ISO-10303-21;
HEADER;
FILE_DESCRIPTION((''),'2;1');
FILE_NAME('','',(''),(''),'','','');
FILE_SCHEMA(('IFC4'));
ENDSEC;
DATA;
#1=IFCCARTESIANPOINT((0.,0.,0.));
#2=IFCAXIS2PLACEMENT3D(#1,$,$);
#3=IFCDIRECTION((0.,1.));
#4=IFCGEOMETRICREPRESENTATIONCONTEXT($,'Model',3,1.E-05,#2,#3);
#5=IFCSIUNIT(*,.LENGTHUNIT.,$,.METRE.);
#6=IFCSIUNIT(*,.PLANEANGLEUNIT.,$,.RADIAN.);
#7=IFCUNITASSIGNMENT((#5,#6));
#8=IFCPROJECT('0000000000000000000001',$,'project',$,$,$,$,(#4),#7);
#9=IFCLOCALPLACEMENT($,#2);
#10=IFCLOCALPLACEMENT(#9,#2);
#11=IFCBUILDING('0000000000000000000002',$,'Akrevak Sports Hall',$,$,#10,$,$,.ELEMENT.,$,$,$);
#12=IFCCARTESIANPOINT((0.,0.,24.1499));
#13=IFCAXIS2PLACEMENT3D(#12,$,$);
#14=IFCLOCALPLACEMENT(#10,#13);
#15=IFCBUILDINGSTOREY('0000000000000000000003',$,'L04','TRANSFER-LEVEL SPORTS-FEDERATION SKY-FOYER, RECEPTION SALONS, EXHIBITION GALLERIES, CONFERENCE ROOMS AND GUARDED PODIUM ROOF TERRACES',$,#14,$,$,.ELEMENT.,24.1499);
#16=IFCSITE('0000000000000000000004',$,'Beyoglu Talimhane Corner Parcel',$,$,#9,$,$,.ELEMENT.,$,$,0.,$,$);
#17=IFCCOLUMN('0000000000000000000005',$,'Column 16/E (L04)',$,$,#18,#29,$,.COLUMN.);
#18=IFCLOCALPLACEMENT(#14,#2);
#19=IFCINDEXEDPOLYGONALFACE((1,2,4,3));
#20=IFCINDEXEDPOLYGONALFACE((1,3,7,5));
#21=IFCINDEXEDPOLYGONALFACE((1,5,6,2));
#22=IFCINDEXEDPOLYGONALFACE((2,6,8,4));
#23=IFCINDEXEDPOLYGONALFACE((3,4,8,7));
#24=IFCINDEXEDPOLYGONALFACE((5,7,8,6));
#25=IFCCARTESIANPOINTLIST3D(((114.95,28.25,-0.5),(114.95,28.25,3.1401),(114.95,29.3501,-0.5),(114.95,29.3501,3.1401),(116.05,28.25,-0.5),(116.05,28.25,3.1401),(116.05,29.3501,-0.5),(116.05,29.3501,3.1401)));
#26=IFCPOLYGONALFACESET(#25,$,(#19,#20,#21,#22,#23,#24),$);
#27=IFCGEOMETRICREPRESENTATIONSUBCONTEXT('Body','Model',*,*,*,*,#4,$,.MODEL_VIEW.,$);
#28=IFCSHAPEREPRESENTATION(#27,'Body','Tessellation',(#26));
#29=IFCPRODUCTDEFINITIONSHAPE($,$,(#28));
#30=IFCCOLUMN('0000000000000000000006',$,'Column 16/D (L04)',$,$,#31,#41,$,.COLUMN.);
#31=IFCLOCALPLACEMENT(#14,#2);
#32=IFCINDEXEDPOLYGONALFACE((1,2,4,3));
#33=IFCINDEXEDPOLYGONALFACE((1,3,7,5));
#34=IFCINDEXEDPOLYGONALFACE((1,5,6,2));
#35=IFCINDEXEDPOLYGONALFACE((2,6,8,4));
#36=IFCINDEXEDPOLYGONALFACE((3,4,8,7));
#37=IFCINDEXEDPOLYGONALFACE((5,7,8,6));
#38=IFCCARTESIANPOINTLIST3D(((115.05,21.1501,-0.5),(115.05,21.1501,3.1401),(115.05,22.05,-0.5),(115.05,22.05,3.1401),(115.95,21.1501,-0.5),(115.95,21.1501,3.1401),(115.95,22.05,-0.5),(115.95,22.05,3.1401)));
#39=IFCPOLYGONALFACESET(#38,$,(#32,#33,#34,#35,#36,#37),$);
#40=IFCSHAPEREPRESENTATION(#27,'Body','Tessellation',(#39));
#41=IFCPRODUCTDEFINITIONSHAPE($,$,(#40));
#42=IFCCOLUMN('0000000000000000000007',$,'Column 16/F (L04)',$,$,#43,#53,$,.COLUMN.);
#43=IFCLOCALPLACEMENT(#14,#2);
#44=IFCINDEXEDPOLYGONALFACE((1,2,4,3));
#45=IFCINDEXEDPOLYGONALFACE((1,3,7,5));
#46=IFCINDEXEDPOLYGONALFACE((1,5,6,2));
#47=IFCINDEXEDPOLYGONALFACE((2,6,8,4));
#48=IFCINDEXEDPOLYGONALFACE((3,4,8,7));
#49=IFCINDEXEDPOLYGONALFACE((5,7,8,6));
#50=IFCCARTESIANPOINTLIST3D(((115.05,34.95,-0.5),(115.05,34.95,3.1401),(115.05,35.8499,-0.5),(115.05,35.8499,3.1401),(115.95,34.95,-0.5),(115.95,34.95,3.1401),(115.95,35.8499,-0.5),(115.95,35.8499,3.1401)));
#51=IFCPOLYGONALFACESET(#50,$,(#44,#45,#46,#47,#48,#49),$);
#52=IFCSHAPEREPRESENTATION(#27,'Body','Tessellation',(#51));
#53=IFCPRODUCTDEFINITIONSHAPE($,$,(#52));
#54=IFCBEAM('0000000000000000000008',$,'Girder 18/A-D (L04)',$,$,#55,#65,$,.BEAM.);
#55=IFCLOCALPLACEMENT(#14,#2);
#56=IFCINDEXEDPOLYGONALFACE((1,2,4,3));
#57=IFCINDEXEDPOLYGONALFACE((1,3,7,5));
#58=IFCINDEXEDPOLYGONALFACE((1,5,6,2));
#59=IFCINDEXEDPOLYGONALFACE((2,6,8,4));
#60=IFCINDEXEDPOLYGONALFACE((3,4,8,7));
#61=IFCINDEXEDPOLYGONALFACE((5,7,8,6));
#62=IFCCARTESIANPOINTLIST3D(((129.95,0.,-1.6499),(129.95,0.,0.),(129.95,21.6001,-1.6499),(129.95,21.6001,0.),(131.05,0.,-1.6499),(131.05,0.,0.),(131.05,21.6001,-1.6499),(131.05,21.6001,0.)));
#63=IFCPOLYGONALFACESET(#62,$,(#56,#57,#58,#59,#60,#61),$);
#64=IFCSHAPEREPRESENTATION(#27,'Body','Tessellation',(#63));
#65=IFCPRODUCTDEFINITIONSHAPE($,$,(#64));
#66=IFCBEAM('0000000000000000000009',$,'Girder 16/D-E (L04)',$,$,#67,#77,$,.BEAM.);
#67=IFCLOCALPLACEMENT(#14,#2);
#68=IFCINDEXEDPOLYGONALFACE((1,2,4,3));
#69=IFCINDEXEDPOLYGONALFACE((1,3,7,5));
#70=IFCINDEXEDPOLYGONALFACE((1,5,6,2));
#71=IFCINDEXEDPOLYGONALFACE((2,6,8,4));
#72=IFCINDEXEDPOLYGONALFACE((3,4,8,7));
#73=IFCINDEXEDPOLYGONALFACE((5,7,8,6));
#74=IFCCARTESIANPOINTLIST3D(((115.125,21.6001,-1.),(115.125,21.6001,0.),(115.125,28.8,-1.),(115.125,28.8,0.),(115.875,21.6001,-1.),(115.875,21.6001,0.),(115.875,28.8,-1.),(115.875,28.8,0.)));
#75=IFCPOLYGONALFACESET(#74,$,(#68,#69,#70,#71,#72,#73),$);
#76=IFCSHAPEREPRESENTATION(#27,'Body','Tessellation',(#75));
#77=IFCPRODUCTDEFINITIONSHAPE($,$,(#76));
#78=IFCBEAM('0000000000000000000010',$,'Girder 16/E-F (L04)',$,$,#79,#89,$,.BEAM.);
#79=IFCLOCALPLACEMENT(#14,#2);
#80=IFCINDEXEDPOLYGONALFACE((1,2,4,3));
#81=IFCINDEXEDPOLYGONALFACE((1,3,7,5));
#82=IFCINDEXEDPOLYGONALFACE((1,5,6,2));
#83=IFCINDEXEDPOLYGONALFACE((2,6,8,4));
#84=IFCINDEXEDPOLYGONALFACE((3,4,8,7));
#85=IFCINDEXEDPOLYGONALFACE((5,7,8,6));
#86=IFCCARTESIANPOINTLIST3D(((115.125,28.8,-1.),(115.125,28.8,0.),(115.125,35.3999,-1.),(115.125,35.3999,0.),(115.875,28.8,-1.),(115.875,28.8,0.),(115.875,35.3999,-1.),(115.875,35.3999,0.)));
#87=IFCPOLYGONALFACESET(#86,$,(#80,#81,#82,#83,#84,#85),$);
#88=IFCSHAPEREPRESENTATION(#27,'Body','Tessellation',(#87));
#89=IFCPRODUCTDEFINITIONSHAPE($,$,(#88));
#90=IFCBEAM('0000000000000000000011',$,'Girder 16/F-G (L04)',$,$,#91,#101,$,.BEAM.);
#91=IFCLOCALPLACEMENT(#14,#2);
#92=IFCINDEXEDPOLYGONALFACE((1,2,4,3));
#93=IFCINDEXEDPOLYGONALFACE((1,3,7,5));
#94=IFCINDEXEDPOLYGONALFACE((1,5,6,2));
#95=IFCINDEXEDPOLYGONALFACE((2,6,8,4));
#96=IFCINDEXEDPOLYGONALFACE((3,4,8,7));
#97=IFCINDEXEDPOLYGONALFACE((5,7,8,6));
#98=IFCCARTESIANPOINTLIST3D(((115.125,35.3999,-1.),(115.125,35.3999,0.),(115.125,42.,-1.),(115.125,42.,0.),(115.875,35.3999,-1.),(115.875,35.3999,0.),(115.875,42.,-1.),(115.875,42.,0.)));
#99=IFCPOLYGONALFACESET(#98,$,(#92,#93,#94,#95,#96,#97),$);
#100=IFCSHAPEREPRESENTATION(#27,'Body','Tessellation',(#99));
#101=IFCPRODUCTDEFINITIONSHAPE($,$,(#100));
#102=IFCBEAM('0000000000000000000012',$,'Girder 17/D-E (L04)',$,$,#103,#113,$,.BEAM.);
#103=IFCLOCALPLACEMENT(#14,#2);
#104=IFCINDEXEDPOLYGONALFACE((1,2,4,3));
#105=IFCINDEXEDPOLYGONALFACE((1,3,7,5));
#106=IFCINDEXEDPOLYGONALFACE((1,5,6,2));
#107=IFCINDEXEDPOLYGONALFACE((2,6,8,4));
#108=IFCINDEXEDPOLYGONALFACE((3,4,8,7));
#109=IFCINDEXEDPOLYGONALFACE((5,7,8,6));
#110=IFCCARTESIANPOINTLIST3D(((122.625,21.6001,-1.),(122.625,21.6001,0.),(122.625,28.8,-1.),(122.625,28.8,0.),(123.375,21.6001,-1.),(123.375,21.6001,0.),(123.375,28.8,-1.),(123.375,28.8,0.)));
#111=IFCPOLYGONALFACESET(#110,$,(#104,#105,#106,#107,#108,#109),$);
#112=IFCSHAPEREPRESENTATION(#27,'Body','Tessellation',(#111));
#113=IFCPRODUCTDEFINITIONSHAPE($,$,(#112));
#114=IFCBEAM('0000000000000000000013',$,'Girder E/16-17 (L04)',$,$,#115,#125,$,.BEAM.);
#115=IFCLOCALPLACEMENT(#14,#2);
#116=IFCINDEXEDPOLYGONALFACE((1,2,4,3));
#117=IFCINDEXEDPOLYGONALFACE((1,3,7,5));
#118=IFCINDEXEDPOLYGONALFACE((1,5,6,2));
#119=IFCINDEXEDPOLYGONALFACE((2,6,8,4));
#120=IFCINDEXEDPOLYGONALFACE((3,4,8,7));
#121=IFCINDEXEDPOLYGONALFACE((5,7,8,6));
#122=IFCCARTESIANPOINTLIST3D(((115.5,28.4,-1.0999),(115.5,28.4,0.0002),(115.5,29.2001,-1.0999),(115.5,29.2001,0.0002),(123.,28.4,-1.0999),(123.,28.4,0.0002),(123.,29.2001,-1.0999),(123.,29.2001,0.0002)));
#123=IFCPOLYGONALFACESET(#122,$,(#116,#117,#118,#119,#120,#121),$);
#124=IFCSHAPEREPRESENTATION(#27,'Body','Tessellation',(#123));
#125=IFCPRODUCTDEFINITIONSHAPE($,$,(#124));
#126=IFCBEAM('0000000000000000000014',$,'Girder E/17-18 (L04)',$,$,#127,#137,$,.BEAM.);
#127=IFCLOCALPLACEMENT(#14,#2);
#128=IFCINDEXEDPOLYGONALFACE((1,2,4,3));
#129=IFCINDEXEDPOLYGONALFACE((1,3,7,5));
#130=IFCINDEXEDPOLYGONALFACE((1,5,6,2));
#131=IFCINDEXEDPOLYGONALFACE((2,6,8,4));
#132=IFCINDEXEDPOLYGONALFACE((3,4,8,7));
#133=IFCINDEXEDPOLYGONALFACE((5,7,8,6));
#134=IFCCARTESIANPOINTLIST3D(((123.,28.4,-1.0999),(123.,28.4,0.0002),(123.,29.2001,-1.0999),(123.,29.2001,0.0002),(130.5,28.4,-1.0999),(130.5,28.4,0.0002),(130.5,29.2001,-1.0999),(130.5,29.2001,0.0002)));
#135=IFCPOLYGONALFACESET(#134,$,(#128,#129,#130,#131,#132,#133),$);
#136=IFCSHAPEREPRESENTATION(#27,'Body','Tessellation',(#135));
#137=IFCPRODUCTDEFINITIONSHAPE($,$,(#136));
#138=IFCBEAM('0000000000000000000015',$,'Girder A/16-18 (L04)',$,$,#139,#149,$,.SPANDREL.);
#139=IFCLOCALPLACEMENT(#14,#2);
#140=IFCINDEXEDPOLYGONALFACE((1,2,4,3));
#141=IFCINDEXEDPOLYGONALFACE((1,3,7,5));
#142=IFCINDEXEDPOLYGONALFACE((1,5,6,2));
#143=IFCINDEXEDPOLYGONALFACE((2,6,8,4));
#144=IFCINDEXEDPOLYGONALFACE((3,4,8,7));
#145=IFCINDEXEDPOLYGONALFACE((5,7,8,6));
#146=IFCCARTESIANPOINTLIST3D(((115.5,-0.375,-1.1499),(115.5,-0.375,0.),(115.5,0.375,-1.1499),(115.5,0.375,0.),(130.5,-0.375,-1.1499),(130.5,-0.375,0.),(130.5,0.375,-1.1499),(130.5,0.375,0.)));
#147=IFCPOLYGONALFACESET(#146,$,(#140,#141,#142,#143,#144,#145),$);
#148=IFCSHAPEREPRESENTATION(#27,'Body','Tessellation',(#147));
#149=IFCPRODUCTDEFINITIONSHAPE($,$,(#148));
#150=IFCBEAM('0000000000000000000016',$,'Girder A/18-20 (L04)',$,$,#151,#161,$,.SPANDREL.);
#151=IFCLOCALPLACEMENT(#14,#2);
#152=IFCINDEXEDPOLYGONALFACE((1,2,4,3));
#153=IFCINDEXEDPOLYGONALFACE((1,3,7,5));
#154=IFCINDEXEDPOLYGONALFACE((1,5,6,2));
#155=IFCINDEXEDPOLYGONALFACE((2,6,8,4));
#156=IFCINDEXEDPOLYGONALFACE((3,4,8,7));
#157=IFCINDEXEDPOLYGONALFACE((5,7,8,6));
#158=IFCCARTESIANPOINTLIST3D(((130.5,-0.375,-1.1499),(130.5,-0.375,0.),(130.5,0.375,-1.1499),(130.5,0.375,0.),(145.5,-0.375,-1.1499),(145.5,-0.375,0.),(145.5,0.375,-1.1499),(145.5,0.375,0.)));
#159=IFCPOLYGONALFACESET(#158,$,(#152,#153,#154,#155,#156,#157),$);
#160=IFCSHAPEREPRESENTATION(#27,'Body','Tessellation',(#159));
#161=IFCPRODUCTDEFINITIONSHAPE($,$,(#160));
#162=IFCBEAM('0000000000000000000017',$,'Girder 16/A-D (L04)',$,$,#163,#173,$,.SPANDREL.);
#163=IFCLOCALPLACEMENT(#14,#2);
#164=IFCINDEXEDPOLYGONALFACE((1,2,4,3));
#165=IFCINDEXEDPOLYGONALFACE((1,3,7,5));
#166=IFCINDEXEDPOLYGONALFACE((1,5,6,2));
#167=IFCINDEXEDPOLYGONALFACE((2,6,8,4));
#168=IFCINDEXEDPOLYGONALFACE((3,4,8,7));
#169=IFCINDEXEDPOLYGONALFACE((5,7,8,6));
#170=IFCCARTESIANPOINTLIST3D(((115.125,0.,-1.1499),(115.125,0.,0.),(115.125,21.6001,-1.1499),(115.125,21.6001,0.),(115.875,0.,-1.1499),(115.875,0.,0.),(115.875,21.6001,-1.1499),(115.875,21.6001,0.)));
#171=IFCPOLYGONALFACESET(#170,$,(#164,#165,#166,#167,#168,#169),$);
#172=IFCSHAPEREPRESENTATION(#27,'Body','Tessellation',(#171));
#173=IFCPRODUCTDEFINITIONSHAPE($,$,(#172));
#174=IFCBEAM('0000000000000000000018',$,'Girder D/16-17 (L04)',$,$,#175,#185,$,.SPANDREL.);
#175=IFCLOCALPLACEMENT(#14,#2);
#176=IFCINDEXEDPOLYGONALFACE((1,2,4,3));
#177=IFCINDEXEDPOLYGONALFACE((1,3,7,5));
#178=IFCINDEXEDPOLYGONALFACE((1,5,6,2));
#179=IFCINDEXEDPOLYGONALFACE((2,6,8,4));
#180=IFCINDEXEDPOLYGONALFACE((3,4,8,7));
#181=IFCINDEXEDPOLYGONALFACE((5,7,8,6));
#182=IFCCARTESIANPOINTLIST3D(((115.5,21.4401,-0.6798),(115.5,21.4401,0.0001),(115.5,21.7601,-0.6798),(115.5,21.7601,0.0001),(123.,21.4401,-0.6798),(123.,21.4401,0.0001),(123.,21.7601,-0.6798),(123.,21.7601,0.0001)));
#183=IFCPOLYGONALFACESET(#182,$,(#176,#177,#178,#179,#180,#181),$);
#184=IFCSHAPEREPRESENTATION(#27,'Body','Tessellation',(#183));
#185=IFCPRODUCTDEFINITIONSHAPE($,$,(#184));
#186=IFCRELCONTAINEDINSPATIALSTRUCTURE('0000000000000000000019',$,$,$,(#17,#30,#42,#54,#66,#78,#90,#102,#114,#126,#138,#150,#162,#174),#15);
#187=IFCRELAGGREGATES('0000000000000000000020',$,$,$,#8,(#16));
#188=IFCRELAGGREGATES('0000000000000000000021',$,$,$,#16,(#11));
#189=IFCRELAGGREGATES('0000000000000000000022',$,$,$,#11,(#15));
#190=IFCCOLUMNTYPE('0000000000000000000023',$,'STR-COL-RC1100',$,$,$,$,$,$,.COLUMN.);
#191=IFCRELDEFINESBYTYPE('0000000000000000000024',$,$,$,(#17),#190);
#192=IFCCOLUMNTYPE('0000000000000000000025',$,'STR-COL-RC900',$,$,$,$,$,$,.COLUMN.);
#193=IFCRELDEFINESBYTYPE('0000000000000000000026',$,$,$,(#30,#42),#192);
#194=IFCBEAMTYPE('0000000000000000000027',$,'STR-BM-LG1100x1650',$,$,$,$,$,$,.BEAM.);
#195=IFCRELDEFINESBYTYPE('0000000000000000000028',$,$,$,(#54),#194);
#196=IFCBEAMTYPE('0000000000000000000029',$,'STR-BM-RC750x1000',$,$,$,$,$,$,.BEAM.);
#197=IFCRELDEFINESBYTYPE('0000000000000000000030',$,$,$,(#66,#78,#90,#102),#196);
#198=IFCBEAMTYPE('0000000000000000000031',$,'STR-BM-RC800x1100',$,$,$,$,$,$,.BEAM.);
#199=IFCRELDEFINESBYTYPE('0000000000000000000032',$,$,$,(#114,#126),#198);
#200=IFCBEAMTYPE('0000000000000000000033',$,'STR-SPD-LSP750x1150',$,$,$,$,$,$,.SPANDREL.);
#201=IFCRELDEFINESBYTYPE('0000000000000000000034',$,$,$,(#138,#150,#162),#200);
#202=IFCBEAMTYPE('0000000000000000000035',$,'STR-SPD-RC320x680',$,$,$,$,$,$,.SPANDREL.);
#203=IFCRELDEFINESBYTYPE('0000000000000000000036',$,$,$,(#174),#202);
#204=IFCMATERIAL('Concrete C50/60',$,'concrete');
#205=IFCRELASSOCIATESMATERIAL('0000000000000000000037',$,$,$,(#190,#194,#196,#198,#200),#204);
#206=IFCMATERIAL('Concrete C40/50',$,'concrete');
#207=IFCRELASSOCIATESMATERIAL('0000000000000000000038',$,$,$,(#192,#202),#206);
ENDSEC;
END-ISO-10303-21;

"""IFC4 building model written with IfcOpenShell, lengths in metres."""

from ifc_helpers import new_model, si_unit, direction, frame, origin, origin_2d, place, context, subcontext, project, spatial, rectangle, extrude, material, material_profile, profile_set, type_object, element, save


model = new_model("IFC4")

# Units and contexts
model_context = context("Model", 3, precision=1e-05, world=origin(), true_north=direction((0.0, 1.0)))
body_context = subcontext(model_context, "Body", "Model", "MODEL_VIEW")
ifc_project = project(units=[si_unit("LENGTHUNIT", "METRE"), si_unit("PLANEANGLEUNIT", "RADIAN")], contexts=[model_context])

# Site, building, storey
site_placement = place(None, origin())
site = spatial("IfcSite", under=ifc_project, at=site_placement, Name="Beyoglu Talimhane Corner Parcel", CompositionType="ELEMENT", RefElevation=0.0)
building_placement = place(site_placement, origin())
building = spatial("IfcBuilding", under=site, at=building_placement, Name="Akrevak Sports Hall", CompositionType="ELEMENT")
storey_placement = place(building_placement, frame((0.0, 0.0, 24.1499)))
storey = spatial("IfcBuildingStorey", under=building, at=storey_placement, Name="L04", Description="TRANSFER-LEVEL SPORTS-FEDERATION SKY-FOYER, RECEPTION SALONS, EXHIBITION GALLERIES, CONFERENCE ROOMS AND GUARDED PODIUM ROOF TERRACES", CompositionType="ELEMENT", Elevation=24.1499)

# Columns
ifc_material_1 = material(Name="Concrete C50/60", Category="concrete")
ifc_material_profile_1 = material_profile(ifc_material_1, rectangle(XDim=1.1001, YDim=1.1001, at=origin_2d()), Name="RC 1100x1100", Category="concrete")
ifc_profile_set_1 = profile_set([ifc_material_profile_1], Name="Concrete C50/60")
column_type_1 = type_object("IfcColumnType", Name="STR-COL-RC1100", PredefinedType="COLUMN", material=ifc_profile_set_1)
column_placement = place(storey_placement, frame((115.5, 28.8, -0.5), z_axis=(0.0, 0.0, 1.0), x_axis=(1.0, 0.0, 0.0)))
element("IfcColumn", 1, at=column_placement, inside=storey, type_object=column_type_1, Name="Column 16/E (L04)", PredefinedType="COLUMN", context=body_context, shape_type="SweptSolid", body=[
    extrude(rectangle(XDim=1.1001, YDim=1.1001, at=origin_2d()), origin(), (0.0, 0.0, 1.0), 3.6401),
])
ifc_material_2 = material(Name="Concrete C40/50", Category="concrete")
ifc_material_profile_2 = material_profile(ifc_material_2, rectangle(XDim=0.8999, YDim=0.8999, at=origin_2d()), Name="RC 900x900", Category="concrete")
ifc_profile_set_2 = profile_set([ifc_material_profile_2], Name="Concrete C40/50")
column_type_2 = type_object("IfcColumnType", Name="STR-COL-RC900", PredefinedType="COLUMN", material=ifc_profile_set_2)
for number, where, z_axis, x_axis, name in (
    (2, (115.5, 21.6001, -0.5), (0.0, 0.0, 1.0), (1.0, 0.0, 0.0), "Column 16/D (L04)"),
    (3, (115.5, 35.3999, -0.5), (0.0, 0.0, 1.0), (1.0, 0.0, 0.0), "Column 16/F (L04)"),
):
    element("IfcColumn", number, at=place(storey_placement, frame(where, z_axis=z_axis, x_axis=x_axis)), inside=storey, type_object=column_type_2, Name=name, PredefinedType="COLUMN", context=body_context, shape_type="SweptSolid", body=[
        extrude(rectangle(XDim=0.8999, YDim=0.8999, at=origin_2d()), origin(), (0.0, 0.0, 1.0), 3.6401),
    ])

# Beams
ifc_material_profile_3 = material_profile(ifc_material_1, rectangle(XDim=1.1001, YDim=1.6499, at=origin_2d()), Name="BM 1100x1650", Category="concrete")
ifc_profile_set_3 = profile_set([ifc_material_profile_3], Name="Concrete C50/60")
beam_type_1 = type_object("IfcBeamType", Name="STR-BM-LG1100x1650", PredefinedType="BEAM", material=ifc_profile_set_3)
beam_1_placement = place(storey_placement, frame((130.5, 0.0, -0.825), z_axis=(0.0, 1.0, 0.0), x_axis=(-1.0, 0.0, 0.0)))
element("IfcBeam", 4, at=beam_1_placement, inside=storey, type_object=beam_type_1, Name="Girder 18/A-D (L04)", PredefinedType="BEAM", context=body_context, shape_type="SweptSolid", body=[
    extrude(rectangle(XDim=1.1001, YDim=1.6499, at=origin_2d()), origin(), (0.0, 0.0, 1.0), 21.6001),
])
ifc_material_profile_4 = material_profile(ifc_material_1, rectangle(XDim=0.75, YDim=1.0, at=origin_2d()), Name="BM 750x1000", Category="concrete")
ifc_profile_set_4 = profile_set([ifc_material_profile_4], Name="Concrete C50/60")
beam_type_2 = type_object("IfcBeamType", Name="STR-BM-RC750x1000", PredefinedType="BEAM", material=ifc_profile_set_4)
beam_2_placement = place(storey_placement, frame((115.5, 21.6001, -0.5), z_axis=(0.0, 1.0, 0.0), x_axis=(-1.0, 0.0, 0.0)))
element("IfcBeam", 5, at=beam_2_placement, inside=storey, type_object=beam_type_2, Name="Girder 16/D-E (L04)", PredefinedType="BEAM", context=body_context, shape_type="SweptSolid", body=[
    extrude(rectangle(XDim=0.75, YDim=1.0, at=origin_2d()), origin(), (0.0, 0.0, 1.0), 7.2),
])
beam_3_placement = place(storey_placement, frame((115.5, 28.8, -0.5), z_axis=(0.0, 1.0, 0.0), x_axis=(-1.0, 0.0, 0.0)))
element("IfcBeam", 6, at=beam_3_placement, inside=storey, type_object=beam_type_2, Name="Girder 16/E-F (L04)", PredefinedType="BEAM", context=body_context, shape_type="SweptSolid", body=[
    extrude(rectangle(XDim=0.75, YDim=1.0, at=origin_2d()), origin(), (0.0, 0.0, 1.0), 6.5999),
])
beam_4_placement = place(storey_placement, frame((115.5, 35.3999, -0.5), z_axis=(0.0, 1.0, 0.0), x_axis=(-1.0, 0.0, 0.0)))
element("IfcBeam", 7, at=beam_4_placement, inside=storey, type_object=beam_type_2, Name="Girder 16/F-G (L04)", PredefinedType="BEAM", context=body_context, shape_type="SweptSolid", body=[
    extrude(rectangle(XDim=0.75, YDim=1.0, at=origin_2d()), origin(), (0.0, 0.0, 1.0), 6.6001),
])
beam_5_placement = place(storey_placement, frame((123.0, 21.6001, -0.5), z_axis=(0.0, 1.0, 0.0), x_axis=(-1.0, 0.0, 0.0)))
element("IfcBeam", 8, at=beam_5_placement, inside=storey, type_object=beam_type_2, Name="Girder 17/D-E (L04)", PredefinedType="BEAM", context=body_context, shape_type="SweptSolid", body=[
    extrude(rectangle(XDim=0.75, YDim=1.0, at=origin_2d()), origin(), (0.0, 0.0, 1.0), 7.2),
])
ifc_material_profile_5 = material_profile(ifc_material_1, rectangle(XDim=0.8, YDim=1.1001, at=origin_2d()), Name="BM 800x1100", Category="concrete")
ifc_profile_set_5 = profile_set([ifc_material_profile_5], Name="Concrete C50/60")
beam_type_3 = type_object("IfcBeamType", Name="STR-BM-RC800x1100", PredefinedType="BEAM", material=ifc_profile_set_5)
for number, where, z_axis, x_axis, name in (
    (9, (115.5, 28.8, -0.5498), (1.0, 0.0, 0.0), (0.0, 1.0, 0.0), "Girder E/16-17 (L04)"),
    (10, (123.0, 28.8, -0.5498), (1.0, 0.0, 0.0), (0.0, 1.0, 0.0), "Girder E/17-18 (L04)"),
):
    element("IfcBeam", number, at=place(storey_placement, frame(where, z_axis=z_axis, x_axis=x_axis)), inside=storey, type_object=beam_type_3, Name=name, PredefinedType="BEAM", context=body_context, shape_type="SweptSolid", body=[
        extrude(rectangle(XDim=0.8, YDim=1.1001, at=origin_2d()), origin(), (0.0, 0.0, 1.0), 7.5),
    ])
ifc_material_profile_6 = material_profile(ifc_material_1, rectangle(XDim=0.75, YDim=1.1499, at=origin_2d()), Name="SPD 750x1150", Category="concrete")
ifc_profile_set_6 = profile_set([ifc_material_profile_6], Name="Concrete C50/60")
beam_type_4 = type_object("IfcBeamType", Name="STR-SPD-LSP750x1150", PredefinedType="SPANDREL", material=ifc_profile_set_6)
for number, where, z_axis, x_axis, name in (
    (11, (115.5, 0.0, -0.575), (1.0, 0.0, 0.0), (0.0, 1.0, 0.0), "Girder A/16-18 (L04)"),
    (12, (130.5, 0.0, -0.575), (1.0, 0.0, 0.0), (0.0, 1.0, 0.0), "Girder A/18-20 (L04)"),
):
    element("IfcBeam", number, at=place(storey_placement, frame(where, z_axis=z_axis, x_axis=x_axis)), inside=storey, type_object=beam_type_4, Name=name, PredefinedType="SPANDREL", context=body_context, shape_type="SweptSolid", body=[
        extrude(rectangle(XDim=0.75, YDim=1.1499, at=origin_2d()), origin(), (0.0, 0.0, 1.0), 15.0),
    ])
beam_6_placement = place(storey_placement, frame((115.5, 0.0, -0.575), z_axis=(0.0, 1.0, 0.0), x_axis=(-1.0, 0.0, 0.0)))
element("IfcBeam", 13, at=beam_6_placement, inside=storey, type_object=beam_type_4, Name="Girder 16/A-D (L04)", PredefinedType="SPANDREL", context=body_context, shape_type="SweptSolid", body=[
    extrude(rectangle(XDim=0.75, YDim=1.1499, at=origin_2d()), origin(), (0.0, 0.0, 1.0), 21.6001),
])
ifc_material_profile_7 = material_profile(ifc_material_2, rectangle(XDim=0.3201, YDim=0.6799, at=origin_2d()), Name="SPD 320x680", Category="concrete")
ifc_profile_set_7 = profile_set([ifc_material_profile_7], Name="Concrete C40/50")
beam_type_5 = type_object("IfcBeamType", Name="STR-SPD-RC320x680", PredefinedType="SPANDREL", material=ifc_profile_set_7)
for number, where, z_axis, x_axis, name in (
    (14, (115.5, 21.6001, -0.3398), (1.0, 0.0, 0.0), (0.0, 1.0, 0.0), "Girder D/16-17 (L04)"),
):
    element("IfcBeam", number, at=place(storey_placement, frame(where, z_axis=z_axis, x_axis=x_axis)), inside=storey, type_object=beam_type_5, Name=name, PredefinedType="SPANDREL", context=body_context, shape_type="SweptSolid", body=[
        extrude(rectangle(XDim=0.3201, YDim=0.6799, at=origin_2d()), origin(), (0.0, 0.0, 1.0), 7.5),
    ])

save(model, "model.ifc")
